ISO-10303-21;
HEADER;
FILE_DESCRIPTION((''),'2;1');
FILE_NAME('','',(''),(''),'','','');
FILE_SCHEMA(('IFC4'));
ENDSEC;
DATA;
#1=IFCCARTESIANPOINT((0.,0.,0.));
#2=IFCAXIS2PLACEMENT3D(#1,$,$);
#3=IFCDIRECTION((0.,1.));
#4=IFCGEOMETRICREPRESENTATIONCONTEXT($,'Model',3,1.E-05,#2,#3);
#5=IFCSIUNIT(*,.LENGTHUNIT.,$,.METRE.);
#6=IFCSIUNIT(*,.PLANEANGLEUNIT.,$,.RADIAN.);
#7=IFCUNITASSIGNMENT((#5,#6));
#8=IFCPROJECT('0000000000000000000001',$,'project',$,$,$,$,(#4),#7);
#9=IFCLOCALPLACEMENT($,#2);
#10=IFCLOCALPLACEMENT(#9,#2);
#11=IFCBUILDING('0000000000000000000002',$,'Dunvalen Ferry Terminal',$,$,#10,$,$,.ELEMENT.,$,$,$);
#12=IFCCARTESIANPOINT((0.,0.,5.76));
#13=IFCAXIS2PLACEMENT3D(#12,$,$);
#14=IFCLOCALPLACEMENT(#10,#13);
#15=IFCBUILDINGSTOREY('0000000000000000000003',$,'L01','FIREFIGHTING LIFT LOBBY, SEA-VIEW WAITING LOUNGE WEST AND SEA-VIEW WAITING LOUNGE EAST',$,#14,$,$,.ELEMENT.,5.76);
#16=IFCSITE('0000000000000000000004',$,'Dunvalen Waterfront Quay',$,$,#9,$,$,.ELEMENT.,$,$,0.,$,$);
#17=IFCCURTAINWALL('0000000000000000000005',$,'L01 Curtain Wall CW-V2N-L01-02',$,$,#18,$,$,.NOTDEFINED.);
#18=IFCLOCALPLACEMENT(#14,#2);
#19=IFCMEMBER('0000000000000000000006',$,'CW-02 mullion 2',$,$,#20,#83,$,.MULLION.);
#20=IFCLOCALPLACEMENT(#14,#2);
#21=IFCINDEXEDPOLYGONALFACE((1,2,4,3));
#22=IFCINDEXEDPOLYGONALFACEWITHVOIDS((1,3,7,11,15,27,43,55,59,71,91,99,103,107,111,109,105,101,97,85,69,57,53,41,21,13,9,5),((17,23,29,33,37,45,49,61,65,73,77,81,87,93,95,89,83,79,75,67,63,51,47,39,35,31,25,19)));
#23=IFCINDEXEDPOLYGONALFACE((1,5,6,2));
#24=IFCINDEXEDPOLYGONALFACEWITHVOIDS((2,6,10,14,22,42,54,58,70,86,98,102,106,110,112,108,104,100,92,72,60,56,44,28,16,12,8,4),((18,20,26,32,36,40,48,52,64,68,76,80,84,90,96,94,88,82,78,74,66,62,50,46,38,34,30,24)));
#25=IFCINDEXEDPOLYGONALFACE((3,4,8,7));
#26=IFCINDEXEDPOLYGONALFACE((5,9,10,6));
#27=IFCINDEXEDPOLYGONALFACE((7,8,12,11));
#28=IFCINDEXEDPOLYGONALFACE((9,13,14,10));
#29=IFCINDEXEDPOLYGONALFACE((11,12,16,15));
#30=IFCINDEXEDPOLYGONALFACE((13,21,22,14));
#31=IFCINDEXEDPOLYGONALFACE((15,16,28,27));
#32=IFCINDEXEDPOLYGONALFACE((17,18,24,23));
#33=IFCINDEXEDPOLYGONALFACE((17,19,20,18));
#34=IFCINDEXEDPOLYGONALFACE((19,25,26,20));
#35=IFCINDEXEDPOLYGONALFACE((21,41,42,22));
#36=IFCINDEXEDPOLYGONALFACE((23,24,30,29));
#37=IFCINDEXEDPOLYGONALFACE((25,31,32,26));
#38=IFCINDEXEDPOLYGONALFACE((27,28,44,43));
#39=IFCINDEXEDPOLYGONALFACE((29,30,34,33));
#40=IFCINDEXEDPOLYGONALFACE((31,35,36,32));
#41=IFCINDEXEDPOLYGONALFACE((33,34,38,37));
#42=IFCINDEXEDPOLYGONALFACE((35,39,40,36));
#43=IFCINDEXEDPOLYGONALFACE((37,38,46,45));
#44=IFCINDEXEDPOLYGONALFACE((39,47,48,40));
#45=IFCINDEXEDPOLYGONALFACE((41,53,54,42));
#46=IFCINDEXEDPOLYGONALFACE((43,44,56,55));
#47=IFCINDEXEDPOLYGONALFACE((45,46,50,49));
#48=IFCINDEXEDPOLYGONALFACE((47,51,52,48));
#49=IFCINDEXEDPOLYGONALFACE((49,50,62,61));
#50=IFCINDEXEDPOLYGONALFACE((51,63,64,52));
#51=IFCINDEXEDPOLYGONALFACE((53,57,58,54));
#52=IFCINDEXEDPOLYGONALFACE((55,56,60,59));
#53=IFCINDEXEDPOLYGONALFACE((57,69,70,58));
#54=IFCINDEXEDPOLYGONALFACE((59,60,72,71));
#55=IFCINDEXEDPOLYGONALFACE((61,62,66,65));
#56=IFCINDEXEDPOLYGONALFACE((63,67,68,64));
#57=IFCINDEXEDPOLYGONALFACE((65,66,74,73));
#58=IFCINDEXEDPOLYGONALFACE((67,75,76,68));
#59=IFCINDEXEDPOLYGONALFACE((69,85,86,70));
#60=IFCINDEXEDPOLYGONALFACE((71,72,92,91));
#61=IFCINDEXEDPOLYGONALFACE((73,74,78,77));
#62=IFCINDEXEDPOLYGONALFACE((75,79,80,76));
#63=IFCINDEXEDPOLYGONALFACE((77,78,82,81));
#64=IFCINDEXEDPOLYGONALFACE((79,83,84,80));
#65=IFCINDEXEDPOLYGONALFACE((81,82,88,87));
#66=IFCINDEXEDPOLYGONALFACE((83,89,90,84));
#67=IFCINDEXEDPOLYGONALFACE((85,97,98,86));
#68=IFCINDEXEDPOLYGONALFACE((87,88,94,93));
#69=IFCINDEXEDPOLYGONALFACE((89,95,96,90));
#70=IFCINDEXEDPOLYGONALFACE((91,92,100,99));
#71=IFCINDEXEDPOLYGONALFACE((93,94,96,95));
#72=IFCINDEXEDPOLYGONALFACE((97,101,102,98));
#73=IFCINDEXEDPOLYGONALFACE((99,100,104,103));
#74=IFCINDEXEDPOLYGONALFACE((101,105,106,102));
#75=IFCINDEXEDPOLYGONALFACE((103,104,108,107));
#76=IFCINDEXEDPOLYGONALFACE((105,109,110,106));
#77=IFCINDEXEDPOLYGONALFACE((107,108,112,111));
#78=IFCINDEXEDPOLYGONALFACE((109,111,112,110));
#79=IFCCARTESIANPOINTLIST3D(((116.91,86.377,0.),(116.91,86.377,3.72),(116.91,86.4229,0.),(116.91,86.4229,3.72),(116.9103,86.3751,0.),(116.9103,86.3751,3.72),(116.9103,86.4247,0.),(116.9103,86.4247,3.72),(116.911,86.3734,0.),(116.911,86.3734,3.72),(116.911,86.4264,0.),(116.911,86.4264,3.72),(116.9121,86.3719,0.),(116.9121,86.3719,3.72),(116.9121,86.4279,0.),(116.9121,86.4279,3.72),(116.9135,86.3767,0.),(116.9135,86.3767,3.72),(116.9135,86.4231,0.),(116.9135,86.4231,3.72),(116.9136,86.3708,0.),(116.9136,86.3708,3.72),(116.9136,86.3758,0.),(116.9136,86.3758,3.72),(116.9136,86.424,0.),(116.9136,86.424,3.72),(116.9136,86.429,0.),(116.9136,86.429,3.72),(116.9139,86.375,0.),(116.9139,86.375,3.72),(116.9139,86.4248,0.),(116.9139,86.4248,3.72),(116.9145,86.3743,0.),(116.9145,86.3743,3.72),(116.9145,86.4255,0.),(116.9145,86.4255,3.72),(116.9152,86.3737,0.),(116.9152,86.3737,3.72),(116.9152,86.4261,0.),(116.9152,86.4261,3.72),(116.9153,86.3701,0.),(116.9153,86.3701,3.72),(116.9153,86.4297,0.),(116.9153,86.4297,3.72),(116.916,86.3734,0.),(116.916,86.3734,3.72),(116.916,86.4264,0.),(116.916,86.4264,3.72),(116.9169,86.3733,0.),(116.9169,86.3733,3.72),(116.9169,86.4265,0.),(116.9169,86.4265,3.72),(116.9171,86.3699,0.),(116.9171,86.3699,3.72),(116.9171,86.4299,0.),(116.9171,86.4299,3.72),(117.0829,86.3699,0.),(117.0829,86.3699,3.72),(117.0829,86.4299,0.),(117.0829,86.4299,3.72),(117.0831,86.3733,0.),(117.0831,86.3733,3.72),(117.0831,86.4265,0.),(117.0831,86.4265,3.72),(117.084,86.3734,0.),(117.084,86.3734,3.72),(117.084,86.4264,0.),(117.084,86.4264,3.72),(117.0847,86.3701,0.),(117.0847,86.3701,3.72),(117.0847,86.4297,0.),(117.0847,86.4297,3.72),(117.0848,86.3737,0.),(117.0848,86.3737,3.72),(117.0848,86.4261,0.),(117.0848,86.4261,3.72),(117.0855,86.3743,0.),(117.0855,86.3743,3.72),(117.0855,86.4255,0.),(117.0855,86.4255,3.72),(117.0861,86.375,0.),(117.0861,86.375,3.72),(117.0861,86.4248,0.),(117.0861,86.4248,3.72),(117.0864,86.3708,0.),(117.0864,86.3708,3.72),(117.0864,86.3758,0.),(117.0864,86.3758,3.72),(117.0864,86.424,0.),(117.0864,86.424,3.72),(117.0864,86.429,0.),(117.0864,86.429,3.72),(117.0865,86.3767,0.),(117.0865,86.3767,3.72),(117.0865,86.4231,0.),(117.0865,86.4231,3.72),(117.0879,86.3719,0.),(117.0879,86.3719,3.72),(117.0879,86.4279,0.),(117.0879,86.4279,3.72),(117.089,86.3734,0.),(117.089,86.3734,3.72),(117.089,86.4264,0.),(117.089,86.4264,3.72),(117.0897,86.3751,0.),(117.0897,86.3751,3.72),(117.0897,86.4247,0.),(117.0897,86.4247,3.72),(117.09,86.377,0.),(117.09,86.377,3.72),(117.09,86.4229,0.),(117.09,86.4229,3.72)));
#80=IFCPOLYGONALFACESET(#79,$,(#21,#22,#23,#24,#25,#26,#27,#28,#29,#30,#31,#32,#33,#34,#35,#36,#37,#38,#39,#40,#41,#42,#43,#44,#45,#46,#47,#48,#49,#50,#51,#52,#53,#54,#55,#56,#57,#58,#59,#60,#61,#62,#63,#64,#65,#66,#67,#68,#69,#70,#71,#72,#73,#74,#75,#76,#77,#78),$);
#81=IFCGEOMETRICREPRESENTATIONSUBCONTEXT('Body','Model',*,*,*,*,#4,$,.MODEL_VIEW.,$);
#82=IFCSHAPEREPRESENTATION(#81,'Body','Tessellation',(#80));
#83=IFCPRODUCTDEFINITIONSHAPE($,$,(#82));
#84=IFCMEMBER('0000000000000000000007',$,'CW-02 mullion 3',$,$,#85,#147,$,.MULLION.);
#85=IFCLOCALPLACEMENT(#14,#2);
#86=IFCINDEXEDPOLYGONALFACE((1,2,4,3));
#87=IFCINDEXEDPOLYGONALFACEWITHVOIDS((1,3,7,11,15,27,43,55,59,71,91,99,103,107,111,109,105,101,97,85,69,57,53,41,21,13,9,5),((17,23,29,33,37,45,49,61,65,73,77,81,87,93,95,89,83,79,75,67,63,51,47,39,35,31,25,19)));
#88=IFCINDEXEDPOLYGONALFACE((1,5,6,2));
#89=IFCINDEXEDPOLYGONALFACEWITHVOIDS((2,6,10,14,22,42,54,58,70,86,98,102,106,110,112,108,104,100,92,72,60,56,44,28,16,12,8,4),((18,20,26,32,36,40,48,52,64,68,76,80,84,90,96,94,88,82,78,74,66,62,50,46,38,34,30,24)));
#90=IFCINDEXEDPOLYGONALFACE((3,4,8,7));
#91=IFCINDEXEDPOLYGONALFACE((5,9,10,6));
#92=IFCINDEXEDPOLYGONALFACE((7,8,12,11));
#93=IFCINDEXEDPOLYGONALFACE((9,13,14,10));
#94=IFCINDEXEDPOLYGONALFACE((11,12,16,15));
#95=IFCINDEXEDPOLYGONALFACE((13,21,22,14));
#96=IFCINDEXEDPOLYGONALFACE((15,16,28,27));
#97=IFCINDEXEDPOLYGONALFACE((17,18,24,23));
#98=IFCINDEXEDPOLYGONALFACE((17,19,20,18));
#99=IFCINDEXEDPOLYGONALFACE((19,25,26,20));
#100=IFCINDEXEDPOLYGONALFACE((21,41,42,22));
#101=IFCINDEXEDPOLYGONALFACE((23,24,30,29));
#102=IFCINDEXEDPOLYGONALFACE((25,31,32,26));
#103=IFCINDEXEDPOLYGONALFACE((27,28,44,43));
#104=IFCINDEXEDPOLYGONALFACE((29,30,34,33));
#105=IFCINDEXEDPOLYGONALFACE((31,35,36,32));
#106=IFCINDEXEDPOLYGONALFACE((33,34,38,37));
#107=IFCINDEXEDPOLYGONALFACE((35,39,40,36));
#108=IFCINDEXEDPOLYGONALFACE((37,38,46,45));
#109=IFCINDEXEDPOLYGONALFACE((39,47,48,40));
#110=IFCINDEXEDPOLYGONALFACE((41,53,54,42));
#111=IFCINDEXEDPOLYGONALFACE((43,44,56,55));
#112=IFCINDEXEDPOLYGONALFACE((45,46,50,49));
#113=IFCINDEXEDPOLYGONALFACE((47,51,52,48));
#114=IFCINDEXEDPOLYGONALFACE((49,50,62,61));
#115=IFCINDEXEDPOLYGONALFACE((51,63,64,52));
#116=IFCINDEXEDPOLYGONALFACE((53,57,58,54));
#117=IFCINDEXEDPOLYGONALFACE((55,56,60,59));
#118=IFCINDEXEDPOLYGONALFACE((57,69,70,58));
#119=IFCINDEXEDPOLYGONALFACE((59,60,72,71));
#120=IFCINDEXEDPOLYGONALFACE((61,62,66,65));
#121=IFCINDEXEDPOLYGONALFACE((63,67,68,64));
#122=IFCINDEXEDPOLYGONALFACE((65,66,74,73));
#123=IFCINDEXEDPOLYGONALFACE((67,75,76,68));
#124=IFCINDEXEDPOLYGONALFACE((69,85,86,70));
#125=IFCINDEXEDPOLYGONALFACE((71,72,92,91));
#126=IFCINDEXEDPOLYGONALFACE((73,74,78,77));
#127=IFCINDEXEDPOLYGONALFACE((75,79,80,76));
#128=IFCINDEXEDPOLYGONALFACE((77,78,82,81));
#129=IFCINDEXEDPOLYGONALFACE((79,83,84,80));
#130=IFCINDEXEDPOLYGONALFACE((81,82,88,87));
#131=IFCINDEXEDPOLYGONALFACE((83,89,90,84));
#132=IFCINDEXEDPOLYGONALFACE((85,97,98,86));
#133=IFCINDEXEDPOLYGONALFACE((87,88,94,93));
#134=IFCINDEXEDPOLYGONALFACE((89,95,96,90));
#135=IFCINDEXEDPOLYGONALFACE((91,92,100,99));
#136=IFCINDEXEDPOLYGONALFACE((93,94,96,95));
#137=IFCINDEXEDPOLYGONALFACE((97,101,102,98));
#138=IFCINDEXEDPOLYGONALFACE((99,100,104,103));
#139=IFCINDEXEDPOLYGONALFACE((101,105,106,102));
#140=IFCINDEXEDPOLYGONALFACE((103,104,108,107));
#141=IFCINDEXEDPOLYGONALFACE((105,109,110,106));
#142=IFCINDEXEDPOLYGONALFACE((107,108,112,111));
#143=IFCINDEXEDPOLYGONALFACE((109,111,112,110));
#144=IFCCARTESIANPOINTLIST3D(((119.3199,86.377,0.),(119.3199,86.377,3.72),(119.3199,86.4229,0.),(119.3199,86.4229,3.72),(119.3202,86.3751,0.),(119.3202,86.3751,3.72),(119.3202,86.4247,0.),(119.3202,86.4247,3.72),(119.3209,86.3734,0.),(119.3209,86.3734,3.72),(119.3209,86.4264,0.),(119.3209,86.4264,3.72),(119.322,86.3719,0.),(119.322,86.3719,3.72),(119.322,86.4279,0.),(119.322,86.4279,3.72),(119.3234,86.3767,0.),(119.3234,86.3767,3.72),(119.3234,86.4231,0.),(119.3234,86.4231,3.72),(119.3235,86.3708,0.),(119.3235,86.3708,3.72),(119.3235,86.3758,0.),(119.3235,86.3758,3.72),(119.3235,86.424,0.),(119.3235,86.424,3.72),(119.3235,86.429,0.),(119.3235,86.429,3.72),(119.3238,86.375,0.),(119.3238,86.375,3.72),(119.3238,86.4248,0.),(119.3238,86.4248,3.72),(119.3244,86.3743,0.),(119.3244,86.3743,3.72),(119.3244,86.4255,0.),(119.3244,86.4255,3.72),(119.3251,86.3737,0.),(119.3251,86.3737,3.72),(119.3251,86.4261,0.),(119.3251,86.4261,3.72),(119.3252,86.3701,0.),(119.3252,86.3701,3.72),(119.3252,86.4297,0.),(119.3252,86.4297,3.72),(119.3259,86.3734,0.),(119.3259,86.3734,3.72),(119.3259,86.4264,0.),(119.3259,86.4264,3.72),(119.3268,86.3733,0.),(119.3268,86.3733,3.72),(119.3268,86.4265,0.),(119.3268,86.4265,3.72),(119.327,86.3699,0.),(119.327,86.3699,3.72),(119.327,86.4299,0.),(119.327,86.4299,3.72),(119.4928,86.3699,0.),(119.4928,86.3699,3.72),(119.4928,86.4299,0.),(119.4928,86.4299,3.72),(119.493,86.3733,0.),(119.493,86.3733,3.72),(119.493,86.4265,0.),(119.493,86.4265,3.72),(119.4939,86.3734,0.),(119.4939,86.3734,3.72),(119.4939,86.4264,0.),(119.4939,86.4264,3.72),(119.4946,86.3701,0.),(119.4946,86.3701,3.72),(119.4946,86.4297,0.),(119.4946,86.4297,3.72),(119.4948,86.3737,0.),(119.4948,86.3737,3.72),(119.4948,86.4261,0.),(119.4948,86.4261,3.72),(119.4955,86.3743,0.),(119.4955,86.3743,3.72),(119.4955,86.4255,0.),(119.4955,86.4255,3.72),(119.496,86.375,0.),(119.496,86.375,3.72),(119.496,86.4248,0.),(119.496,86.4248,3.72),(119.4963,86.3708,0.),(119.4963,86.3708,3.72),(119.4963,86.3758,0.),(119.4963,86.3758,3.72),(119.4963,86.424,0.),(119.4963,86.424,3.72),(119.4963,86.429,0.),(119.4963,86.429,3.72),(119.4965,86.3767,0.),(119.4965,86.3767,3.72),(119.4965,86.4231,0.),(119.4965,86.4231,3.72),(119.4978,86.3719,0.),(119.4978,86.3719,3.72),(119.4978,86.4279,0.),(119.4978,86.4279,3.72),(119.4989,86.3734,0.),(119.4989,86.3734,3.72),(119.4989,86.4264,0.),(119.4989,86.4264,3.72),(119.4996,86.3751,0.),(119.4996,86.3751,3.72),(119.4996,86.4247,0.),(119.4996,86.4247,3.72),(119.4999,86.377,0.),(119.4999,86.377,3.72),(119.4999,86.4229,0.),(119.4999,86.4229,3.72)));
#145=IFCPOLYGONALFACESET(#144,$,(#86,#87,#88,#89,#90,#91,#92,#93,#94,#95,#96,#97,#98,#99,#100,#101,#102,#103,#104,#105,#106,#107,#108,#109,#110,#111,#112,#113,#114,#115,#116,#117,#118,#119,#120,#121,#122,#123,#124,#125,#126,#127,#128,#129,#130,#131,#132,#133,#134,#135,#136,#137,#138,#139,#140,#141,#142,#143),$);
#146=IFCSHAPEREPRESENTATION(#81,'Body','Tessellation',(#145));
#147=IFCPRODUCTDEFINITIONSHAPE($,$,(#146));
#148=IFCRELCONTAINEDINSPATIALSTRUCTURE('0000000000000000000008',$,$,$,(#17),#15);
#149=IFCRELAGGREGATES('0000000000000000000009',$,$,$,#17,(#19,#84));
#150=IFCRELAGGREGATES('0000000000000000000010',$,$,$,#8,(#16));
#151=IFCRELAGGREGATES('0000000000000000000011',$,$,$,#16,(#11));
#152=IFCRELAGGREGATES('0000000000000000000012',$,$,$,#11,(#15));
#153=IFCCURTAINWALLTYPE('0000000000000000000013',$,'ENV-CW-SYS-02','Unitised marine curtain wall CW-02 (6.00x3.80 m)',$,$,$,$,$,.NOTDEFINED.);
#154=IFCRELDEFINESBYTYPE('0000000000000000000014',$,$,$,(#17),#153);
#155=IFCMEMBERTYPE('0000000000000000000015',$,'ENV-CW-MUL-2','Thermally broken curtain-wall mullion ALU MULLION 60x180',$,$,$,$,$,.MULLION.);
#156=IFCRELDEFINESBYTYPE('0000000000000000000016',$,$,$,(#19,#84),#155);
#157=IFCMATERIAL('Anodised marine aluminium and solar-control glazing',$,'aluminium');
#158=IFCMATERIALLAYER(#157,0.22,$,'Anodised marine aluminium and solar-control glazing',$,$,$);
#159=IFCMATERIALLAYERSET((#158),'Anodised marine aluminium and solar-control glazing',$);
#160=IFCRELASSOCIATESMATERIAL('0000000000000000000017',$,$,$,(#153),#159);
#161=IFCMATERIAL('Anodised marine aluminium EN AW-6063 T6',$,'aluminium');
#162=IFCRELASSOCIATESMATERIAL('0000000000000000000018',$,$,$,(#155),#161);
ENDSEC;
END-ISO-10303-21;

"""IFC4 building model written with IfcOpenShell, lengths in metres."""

from ifc_helpers import new_model, si_unit, direction, frame, origin, origin_2d, place, context, subcontext, project, spatial, hollow_rectangle, extrude, material, layer, layer_set, material_profile, profile_set, type_object, element, aggregate, save


model = new_model("IFC4")

# Units and contexts
model_context = context("Model", 3, precision=1e-05, world=origin(), true_north=direction((0.0, 1.0)))
body_context = subcontext(model_context, "Body", "Model", "MODEL_VIEW")
ifc_project = project(units=[si_unit("LENGTHUNIT", "METRE"), si_unit("PLANEANGLEUNIT", "RADIAN")], contexts=[model_context])

# Site, building, storey
site_placement = place(None, origin())
site = spatial("IfcSite", under=ifc_project, at=site_placement, Name="Dunvalen Waterfront Quay", CompositionType="ELEMENT", RefElevation=0.0)
building_placement = place(site_placement, origin())
building = spatial("IfcBuilding", under=site, at=building_placement, Name="Dunvalen Ferry Terminal", CompositionType="ELEMENT")
storey_placement = place(building_placement, frame((0.0, 0.0, 5.76)))
storey = spatial("IfcBuildingStorey", under=building, at=storey_placement, Name="L01", Description="FIREFIGHTING LIFT LOBBY, SEA-VIEW WAITING LOUNGE WEST AND SEA-VIEW WAITING LOUNGE EAST", CompositionType="ELEMENT", Elevation=5.76)

# Shared definitions
ifc_material_1 = material(Name="Anodised marine aluminium and solar-control glazing", Category="aluminium")
ifc_layer_1 = layer(ifc_material_1, 0.22, Name="Anodised marine aluminium and solar-control glazing")
ifc_layer_set_1 = layer_set([ifc_layer_1], Name="Anodised marine aluminium and solar-control glazing")
curtain_wall_type = type_object("IfcCurtainWallType", Name="ENV-CW-SYS-02", Description="Unitised marine curtain wall CW-02 (6.00x3.80 m)", PredefinedType="NOTDEFINED", material=ifc_layer_set_1)
ifc_material_2 = material(Name="Anodised marine aluminium EN AW-6063 T6", Category="aluminium")
ifc_material_profile_1 = material_profile(ifc_material_2, hollow_rectangle(XDim=0.0601, YDim=0.1799, WallThickness=0.0034, InnerFilletRadius=0.0034, OuterFilletRadius=0.0071, at=origin_2d()), Name="Anodised marine aluminium EN AW-6063 T6")
ifc_profile_set_1 = profile_set([ifc_material_profile_1], Name="Anodised marine aluminium EN AW-6063 T6")
member_type_1 = type_object("IfcMemberType", Name="ENV-CW-MUL-2", Description="Thermally broken curtain-wall mullion ALU MULLION 60x180", PredefinedType="MULLION", material=ifc_profile_set_1)

# Curtain wall, members
curtain_wall_1_placement = place(storey_placement, origin())
curtain_wall_1 = element("IfcCurtainWall", 1, at=curtain_wall_1_placement, inside=storey, type_object=curtain_wall_type, Name="L01 Curtain Wall CW-V2N-L01-02", PredefinedType="NOTDEFINED")
member_1_placement = place(storey_placement, frame((117.0, 86.3999, 0.0), z_axis=(0.0, 0.0, 1.0), x_axis=(0.0, 1.0, 0.0)))
member_1 = element("IfcMember", 2, at=member_1_placement, type_object=member_type_1, Name="CW-02 mullion 2", PredefinedType="MULLION", context=body_context, shape_type="SweptSolid", body=[
    extrude(hollow_rectangle(XDim=0.0601, YDim=0.1799, WallThickness=0.0034, InnerFilletRadius=0.0034, OuterFilletRadius=0.0071, at=origin_2d()), origin(), (0.0, 0.0, 1.0), 3.72),
])
member_2_placement = place(storey_placement, frame((119.4099, 86.3999, 0.0), z_axis=(0.0, 0.0, 1.0), x_axis=(0.0, 1.0, 0.0)))
member_2 = element("IfcMember", 3, at=member_2_placement, type_object=member_type_1, Name="CW-02 mullion 3", PredefinedType="MULLION", context=body_context, shape_type="SweptSolid", body=[
    extrude(hollow_rectangle(XDim=0.0601, YDim=0.1799, WallThickness=0.0034, InnerFilletRadius=0.0034, OuterFilletRadius=0.0071, at=origin_2d()), origin(), (0.0, 0.0, 1.0), 3.72),
])

aggregate(curtain_wall_1, [member_1, member_2])

save(model, "model.ifc")
